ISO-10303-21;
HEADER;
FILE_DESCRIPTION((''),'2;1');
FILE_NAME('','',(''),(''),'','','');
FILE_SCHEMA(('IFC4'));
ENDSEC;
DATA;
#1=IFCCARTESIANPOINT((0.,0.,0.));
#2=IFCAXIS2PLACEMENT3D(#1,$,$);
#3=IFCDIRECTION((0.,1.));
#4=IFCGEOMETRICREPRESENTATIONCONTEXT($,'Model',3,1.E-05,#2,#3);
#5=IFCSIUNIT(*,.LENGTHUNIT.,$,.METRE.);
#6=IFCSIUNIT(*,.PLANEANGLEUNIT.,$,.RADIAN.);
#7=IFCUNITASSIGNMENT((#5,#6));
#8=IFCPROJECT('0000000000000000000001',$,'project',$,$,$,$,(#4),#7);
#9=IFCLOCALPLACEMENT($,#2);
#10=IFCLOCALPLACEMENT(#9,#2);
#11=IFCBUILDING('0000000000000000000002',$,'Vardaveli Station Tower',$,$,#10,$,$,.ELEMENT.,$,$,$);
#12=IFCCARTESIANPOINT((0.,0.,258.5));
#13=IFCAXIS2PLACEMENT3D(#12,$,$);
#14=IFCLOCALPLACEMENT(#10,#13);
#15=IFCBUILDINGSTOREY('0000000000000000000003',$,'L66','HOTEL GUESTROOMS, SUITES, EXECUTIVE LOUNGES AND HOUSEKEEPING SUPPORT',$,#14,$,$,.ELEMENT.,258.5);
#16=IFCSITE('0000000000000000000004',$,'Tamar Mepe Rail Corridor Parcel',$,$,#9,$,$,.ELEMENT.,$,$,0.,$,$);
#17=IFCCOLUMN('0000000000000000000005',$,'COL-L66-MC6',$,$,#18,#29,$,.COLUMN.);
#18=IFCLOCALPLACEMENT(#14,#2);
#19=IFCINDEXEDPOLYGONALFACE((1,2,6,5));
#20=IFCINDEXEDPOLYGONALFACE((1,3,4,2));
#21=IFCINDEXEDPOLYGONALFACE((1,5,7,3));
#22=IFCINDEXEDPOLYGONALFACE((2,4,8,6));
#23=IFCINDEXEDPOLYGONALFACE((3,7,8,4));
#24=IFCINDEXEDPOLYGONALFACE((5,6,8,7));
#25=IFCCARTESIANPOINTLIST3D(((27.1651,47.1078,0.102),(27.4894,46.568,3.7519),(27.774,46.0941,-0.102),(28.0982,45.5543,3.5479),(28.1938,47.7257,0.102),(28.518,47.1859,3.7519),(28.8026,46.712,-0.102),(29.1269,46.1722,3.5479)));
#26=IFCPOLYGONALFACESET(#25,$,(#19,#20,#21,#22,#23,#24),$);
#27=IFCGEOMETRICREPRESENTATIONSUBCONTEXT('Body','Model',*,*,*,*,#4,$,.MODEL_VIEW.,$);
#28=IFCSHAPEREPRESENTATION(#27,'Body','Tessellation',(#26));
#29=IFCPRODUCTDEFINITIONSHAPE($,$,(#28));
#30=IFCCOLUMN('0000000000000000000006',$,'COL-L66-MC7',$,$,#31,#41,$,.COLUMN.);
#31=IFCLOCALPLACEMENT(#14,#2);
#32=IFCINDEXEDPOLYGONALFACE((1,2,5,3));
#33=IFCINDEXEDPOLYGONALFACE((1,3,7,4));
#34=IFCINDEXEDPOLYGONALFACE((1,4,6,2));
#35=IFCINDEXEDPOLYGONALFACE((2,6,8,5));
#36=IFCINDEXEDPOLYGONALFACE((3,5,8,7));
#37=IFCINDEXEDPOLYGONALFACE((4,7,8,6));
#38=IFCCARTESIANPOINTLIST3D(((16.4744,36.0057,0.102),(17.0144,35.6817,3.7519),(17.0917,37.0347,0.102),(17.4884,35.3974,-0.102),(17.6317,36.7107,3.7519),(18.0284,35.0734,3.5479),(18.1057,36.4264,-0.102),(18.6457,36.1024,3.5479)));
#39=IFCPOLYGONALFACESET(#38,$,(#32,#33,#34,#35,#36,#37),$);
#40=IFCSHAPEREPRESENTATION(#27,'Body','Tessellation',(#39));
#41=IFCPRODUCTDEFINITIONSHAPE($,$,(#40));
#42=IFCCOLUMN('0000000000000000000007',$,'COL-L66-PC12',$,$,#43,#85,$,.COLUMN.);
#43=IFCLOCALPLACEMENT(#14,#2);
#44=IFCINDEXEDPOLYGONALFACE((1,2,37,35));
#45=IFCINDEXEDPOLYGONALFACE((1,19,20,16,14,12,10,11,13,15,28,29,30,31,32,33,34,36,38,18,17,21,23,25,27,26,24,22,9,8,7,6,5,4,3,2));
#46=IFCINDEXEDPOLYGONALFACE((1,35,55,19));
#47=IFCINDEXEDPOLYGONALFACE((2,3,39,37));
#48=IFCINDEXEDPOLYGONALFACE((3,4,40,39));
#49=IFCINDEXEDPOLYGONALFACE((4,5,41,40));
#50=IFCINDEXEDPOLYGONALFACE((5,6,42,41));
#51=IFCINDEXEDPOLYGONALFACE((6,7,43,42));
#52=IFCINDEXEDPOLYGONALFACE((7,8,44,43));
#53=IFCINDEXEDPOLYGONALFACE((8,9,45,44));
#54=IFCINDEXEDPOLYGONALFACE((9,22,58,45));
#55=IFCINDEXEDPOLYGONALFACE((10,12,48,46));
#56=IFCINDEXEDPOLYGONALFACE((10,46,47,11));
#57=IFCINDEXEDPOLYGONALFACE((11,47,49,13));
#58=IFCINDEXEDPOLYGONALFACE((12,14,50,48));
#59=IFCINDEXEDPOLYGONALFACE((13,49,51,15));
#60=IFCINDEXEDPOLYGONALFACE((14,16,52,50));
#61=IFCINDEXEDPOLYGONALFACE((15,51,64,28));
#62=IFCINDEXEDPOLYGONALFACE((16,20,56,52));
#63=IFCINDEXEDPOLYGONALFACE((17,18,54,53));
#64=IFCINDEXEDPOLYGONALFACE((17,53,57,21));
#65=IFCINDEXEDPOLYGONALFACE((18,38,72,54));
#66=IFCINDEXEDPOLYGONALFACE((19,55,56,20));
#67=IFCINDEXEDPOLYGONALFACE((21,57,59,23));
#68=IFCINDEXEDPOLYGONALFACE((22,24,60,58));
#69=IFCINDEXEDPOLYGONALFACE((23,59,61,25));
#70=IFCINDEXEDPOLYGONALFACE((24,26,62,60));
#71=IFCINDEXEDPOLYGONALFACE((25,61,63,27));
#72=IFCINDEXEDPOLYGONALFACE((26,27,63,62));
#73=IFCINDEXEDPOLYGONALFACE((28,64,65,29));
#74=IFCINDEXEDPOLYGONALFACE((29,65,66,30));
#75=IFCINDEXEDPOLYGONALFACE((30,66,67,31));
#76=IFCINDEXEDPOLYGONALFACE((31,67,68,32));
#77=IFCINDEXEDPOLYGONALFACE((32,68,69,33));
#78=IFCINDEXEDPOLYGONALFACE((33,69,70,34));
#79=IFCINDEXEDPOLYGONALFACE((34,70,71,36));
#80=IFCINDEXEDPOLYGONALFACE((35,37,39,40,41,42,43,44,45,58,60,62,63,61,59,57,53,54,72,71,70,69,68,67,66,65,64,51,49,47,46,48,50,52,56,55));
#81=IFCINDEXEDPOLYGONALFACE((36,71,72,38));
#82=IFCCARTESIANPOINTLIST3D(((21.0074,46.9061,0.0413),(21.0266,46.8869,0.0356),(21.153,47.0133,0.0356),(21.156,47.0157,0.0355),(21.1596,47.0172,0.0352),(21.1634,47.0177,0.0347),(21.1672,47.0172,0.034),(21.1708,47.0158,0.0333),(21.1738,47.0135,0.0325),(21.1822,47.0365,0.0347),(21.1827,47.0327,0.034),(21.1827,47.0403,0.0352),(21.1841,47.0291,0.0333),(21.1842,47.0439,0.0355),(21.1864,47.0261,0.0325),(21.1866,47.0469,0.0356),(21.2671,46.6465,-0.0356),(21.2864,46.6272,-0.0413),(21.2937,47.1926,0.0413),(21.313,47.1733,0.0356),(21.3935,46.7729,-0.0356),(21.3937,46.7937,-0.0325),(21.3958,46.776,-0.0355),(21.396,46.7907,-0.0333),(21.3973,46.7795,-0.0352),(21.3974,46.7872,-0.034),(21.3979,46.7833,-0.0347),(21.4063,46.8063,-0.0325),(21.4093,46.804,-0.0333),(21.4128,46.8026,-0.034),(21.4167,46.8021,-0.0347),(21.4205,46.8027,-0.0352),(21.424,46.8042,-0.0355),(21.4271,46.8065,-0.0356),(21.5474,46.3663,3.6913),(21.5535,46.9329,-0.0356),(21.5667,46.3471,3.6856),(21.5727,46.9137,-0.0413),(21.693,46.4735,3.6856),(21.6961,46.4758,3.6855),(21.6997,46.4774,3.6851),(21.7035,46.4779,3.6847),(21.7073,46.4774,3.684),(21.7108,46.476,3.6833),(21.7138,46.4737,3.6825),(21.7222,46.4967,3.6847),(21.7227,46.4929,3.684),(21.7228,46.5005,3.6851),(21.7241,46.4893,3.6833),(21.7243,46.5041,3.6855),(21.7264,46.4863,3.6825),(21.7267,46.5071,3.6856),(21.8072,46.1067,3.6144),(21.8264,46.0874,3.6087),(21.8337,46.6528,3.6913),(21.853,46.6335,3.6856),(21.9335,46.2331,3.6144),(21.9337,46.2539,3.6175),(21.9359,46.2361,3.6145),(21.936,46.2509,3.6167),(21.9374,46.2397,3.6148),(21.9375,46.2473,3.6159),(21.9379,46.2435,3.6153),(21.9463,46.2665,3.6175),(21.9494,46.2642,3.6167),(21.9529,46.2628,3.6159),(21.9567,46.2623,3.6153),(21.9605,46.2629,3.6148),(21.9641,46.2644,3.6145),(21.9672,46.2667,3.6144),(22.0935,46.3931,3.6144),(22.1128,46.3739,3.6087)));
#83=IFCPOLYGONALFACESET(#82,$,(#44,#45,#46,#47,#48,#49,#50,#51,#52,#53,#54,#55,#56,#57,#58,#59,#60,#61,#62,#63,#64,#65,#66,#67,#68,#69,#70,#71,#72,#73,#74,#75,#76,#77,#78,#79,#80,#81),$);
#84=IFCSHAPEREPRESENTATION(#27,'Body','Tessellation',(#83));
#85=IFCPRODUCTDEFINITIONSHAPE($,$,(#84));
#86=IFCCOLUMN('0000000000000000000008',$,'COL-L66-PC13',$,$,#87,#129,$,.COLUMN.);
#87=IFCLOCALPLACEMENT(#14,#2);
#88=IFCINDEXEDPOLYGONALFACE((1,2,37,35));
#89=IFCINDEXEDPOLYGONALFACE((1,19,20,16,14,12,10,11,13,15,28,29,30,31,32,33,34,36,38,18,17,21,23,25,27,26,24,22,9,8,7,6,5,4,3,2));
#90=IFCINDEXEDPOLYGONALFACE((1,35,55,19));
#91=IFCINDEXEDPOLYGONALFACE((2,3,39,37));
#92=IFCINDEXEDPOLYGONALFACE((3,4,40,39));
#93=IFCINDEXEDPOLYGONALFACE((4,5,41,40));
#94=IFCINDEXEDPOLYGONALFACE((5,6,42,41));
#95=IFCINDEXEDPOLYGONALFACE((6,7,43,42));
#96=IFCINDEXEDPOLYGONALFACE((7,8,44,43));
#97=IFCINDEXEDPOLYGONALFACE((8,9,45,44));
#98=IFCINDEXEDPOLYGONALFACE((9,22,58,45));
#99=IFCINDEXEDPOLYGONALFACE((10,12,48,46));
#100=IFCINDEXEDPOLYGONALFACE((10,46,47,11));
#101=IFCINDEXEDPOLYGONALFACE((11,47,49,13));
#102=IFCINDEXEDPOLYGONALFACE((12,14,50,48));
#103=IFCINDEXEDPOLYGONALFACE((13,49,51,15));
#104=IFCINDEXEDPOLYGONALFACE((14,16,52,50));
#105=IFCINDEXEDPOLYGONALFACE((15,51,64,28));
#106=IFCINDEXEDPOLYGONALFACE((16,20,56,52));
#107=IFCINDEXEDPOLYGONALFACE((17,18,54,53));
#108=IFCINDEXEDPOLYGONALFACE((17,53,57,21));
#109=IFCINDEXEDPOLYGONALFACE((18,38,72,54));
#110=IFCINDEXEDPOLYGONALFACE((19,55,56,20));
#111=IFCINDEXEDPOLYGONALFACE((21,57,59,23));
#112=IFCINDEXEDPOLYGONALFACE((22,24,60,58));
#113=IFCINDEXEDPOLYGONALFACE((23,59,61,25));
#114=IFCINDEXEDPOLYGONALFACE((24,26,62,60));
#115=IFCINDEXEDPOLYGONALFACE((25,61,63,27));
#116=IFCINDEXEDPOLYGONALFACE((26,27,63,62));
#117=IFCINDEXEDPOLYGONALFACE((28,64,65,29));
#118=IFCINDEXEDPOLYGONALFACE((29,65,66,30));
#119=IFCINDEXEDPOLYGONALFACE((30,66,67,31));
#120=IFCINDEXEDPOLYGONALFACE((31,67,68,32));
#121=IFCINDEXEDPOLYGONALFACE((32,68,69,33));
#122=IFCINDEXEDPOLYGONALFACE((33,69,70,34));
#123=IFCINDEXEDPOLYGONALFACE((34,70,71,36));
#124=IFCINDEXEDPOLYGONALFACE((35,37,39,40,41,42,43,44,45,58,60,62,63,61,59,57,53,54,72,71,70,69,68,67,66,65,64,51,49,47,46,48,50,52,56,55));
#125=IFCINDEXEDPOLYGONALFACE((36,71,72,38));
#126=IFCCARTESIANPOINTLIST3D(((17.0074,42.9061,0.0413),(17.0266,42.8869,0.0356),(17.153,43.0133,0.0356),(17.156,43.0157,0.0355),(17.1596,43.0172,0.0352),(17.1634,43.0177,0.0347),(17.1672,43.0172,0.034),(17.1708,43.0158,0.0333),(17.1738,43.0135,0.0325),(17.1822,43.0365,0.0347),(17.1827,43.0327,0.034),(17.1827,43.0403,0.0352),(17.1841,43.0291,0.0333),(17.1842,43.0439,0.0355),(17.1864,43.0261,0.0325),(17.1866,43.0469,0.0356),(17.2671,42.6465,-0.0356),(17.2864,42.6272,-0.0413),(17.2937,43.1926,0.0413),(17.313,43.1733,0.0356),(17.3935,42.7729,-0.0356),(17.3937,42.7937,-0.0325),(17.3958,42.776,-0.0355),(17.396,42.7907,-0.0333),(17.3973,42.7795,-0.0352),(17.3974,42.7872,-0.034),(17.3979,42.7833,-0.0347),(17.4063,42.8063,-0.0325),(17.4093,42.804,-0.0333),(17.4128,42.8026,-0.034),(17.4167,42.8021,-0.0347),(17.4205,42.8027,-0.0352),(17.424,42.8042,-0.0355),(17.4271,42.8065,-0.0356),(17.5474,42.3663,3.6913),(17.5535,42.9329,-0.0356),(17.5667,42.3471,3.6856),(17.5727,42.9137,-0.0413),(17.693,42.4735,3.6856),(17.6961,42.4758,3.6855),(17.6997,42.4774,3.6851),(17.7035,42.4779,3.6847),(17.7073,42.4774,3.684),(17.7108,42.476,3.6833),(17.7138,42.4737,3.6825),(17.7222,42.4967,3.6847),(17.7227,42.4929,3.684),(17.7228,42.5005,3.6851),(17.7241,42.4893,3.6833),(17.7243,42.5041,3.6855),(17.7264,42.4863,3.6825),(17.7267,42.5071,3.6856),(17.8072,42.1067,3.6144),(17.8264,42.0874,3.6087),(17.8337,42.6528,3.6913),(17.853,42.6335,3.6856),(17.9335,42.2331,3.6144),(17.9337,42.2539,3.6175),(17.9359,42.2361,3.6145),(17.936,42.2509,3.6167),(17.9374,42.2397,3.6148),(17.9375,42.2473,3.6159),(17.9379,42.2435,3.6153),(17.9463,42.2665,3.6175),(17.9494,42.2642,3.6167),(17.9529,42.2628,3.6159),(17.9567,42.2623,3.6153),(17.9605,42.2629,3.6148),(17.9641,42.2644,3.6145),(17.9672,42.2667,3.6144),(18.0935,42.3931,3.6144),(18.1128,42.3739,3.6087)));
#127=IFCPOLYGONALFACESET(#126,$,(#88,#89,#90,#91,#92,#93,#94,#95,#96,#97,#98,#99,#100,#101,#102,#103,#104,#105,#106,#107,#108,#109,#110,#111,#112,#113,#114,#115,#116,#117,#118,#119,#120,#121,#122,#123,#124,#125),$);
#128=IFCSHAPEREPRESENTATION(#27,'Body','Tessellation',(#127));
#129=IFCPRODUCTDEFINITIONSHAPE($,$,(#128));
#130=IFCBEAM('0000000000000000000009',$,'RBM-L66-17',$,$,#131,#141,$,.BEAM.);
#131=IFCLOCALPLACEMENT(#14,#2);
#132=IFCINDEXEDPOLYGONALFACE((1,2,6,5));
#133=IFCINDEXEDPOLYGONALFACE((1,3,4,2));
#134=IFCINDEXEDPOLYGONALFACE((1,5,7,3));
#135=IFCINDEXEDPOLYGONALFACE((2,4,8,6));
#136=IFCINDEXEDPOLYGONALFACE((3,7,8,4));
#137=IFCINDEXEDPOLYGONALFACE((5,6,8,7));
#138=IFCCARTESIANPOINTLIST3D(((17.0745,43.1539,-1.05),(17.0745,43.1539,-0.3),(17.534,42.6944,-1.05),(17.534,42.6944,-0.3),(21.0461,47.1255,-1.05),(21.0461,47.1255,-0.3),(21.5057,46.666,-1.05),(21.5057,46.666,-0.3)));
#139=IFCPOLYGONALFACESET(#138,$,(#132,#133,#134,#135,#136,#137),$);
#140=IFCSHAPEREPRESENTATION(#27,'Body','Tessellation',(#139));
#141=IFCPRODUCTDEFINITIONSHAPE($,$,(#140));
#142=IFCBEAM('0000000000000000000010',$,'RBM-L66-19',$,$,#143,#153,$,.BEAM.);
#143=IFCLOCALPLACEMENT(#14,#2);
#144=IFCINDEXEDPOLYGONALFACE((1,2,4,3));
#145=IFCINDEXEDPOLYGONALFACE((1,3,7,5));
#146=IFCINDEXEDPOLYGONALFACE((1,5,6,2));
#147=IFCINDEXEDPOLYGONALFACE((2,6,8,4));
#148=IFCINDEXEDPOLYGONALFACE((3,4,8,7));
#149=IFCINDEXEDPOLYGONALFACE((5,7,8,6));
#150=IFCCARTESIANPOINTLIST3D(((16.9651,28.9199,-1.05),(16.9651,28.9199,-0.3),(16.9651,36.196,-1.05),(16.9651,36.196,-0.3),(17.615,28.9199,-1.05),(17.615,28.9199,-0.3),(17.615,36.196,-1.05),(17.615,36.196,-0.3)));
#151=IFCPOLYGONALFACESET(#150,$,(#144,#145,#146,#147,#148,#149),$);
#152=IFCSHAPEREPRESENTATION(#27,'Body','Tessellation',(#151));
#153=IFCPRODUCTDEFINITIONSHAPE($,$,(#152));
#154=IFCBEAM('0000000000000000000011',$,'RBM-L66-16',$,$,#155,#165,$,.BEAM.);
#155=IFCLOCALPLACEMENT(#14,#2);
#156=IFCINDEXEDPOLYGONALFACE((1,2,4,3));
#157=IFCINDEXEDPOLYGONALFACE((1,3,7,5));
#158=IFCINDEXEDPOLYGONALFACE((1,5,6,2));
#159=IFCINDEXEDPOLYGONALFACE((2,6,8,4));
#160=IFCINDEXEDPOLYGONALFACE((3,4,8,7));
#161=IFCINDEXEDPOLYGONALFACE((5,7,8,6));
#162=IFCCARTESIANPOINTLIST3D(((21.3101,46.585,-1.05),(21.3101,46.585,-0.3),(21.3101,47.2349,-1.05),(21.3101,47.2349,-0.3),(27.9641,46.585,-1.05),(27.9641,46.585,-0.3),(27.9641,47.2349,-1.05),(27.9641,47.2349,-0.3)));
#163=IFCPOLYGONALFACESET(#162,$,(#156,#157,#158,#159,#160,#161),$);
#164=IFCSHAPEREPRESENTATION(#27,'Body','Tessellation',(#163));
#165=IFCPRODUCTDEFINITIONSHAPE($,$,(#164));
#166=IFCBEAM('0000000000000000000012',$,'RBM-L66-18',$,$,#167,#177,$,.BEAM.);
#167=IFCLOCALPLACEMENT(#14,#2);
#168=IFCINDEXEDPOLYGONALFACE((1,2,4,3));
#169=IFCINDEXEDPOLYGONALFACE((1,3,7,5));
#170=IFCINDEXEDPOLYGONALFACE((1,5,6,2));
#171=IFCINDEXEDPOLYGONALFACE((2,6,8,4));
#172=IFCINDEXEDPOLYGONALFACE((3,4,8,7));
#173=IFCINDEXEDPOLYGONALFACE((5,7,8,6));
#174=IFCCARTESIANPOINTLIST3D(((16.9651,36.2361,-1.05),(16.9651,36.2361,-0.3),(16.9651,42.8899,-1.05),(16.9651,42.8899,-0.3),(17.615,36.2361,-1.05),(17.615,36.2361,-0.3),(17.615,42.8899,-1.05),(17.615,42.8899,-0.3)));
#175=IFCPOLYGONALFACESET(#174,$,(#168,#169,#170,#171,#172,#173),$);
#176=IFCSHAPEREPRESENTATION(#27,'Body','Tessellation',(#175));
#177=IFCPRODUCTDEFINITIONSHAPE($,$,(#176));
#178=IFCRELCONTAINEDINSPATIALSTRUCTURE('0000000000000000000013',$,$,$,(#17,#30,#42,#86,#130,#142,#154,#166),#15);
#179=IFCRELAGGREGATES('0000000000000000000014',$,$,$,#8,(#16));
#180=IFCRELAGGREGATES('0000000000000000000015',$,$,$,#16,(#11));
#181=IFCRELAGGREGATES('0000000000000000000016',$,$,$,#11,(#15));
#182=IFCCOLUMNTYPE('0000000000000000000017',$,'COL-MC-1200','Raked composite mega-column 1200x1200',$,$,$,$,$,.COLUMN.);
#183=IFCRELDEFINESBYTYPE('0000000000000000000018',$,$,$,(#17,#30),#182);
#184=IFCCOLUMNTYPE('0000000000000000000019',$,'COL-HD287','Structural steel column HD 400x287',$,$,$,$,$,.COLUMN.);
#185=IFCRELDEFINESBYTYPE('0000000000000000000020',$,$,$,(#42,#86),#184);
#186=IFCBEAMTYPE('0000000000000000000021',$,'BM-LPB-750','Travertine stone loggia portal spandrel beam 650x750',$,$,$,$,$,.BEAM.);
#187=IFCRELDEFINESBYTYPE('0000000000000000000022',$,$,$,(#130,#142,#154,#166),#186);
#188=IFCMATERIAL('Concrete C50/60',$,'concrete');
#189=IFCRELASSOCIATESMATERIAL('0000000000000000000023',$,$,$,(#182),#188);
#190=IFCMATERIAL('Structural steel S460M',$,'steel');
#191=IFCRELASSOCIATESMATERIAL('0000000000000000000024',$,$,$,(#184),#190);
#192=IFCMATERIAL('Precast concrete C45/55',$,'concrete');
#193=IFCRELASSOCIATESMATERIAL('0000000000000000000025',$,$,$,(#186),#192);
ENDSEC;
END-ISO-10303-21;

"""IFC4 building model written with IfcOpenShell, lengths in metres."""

from ifc_helpers import new_model, si_unit, direction, frame, origin, origin_2d, place, context, subcontext, project, spatial, rectangle, i_section, extrude, source, transform, mapped, material, material_profile, profile_set, type_object, element, save


model = new_model("IFC4")

# Units and contexts
model_context = context("Model", 3, precision=1e-05, world=origin(), true_north=direction((0.0, 1.0)))
body_context = subcontext(model_context, "Body", "Model", "MODEL_VIEW")
ifc_project = project(units=[si_unit("LENGTHUNIT", "METRE"), si_unit("PLANEANGLEUNIT", "RADIAN")], contexts=[model_context])

# Site, building, storey
site_placement = place(None, origin())
site = spatial("IfcSite", under=ifc_project, at=site_placement, Name="Tamar Mepe Rail Corridor Parcel", CompositionType="ELEMENT", RefElevation=0.0)
building_placement = place(site_placement, origin())
building = spatial("IfcBuilding", under=site, at=building_placement, Name="Vardaveli Station Tower", CompositionType="ELEMENT")
storey_placement = place(building_placement, frame((0.0, 0.0, 258.5)))
storey = spatial("IfcBuildingStorey", under=building, at=storey_placement, Name="L66", Description="HOTEL GUESTROOMS, SUITES, EXECUTIVE LOUNGES AND HOUSEKEEPING SUPPORT", CompositionType="ELEMENT", Elevation=258.5)

# Columns
ifc_material_1 = material(Name="Concrete C50/60", Category="concrete")
ifc_material_profile_1 = material_profile(ifc_material_1, rectangle(XDim=1.2, YDim=1.2, at=origin_2d()), Name="MC 1200x1200")
ifc_profile_set_1 = profile_set([ifc_material_profile_1], Name="Concrete C50/60")
column_type_1 = type_object("IfcColumnType", Name="COL-MC-1200", Description="Raked composite mega-column 1200x1200", PredefinedType="COLUMN", material=ifc_profile_set_1)
shared_shape_1 = source(origin(), body_context, "Body", "SweptSolid", [
    extrude(rectangle(XDim=1.2, YDim=1.2, at=origin_2d()), origin(), (0.0, 0.0, 1.0), 3.7039),
])
for number, where, z_axis, x_axis, name in (
    (1, (27.9839, 46.9099, 0.0), (0.087536, -0.14574, 0.985443), (0.857253, 0.514895, 0.0), "COL-L66-MC6"),
    (2, (17.29, 36.2161, 0.0), (0.145805, -0.08747, 0.985439), (0.514439, 0.857527, 0.0), "COL-L66-MC7"),
):
    element("IfcColumn", number, at=place(storey_placement, frame(where, z_axis=z_axis, x_axis=x_axis)), inside=storey, type_object=column_type_1, Name=name, PredefinedType="COLUMN", context=body_context, shape_type="MappedRepresentation", body=[
        mapped(shared_shape_1, transform((0.0, 0.0, 0.0), scale=1.0)),
    ])
ifc_material_2 = material(Name="Structural steel S460M", Category="steel")
ifc_material_profile_2 = material_profile(ifc_material_2, i_section(OverallWidth=0.405, OverallDepth=0.4031, WebThickness=0.0178, FlangeThickness=0.0278, FilletRadius=0.0149, at=origin_2d()), Name="HD 400x287")
ifc_profile_set_2 = profile_set([ifc_material_profile_2], Name="Structural steel S460M")
column_type_2 = type_object("IfcColumnType", Name="COL-HD287", Description="Structural steel column HD 400x287", PredefinedType="COLUMN", material=ifc_profile_set_2)
shared_shape_2 = source(origin(), body_context, "Body", "SweptSolid", [
    extrude(i_section(OverallWidth=0.405, OverallDepth=0.4031, WebThickness=0.0178, FlangeThickness=0.0278, FilletRadius=0.0149, at=origin_2d()), origin(), (0.0, 0.0, 1.0), 3.729),
])
for number, where, z_axis, x_axis, name in (
    (3, (21.29, 46.9099, 0.0), (0.144825, -0.144759, 0.978811), (0.706947, 0.707267, 0.0), "COL-L66-PC12"),
    (4, (17.29, 42.9099, 0.0), (0.144825, -0.144759, 0.978811), (0.706947, 0.707267, 0.0), "COL-L66-PC13"),
):
    element("IfcColumn", number, at=place(storey_placement, frame(where, z_axis=z_axis, x_axis=x_axis)), inside=storey, type_object=column_type_2, Name=name, PredefinedType="COLUMN", context=body_context, shape_type="MappedRepresentation", body=[
        mapped(shared_shape_2, transform((0.0, 0.0, 0.0), scale=1.0)),
    ])

# Beams
ifc_material_3 = material(Name="Precast concrete C45/55", Category="concrete")
ifc_material_profile_3 = material_profile(ifc_material_3, rectangle(XDim=0.6499, YDim=0.75, at=origin_2d()), Name="LPB 650x750")
ifc_profile_set_3 = profile_set([ifc_material_profile_3], Name="Precast concrete C45/55")
beam_type_1 = type_object("IfcBeamType", Name="BM-LPB-750", Description="Travertine stone loggia portal spandrel beam 650x750", PredefinedType="BEAM", material=ifc_profile_set_3)
shared_shape_3 = source(origin(), body_context, "Body", "SweptSolid", [
    extrude(rectangle(XDim=0.6499, YDim=0.75, at=origin_2d()), origin(), (0.0, 0.0, 1.0), 5.6167),
])
beam_1_placement = place(storey_placement, frame((21.2759, 46.8958, -0.675), z_axis=(-0.707107, -0.707107, 0.0), x_axis=(0.707107, -0.707107, 0.0)))
element("IfcBeam", 5, at=beam_1_placement, inside=storey, type_object=beam_type_1, Name="RBM-L66-17", PredefinedType="BEAM", context=body_context, shape_type="MappedRepresentation", body=[
    mapped(shared_shape_3, transform((0.0, 0.0, 0.0), scale=1.0)),
])
shared_shape_4 = source(origin(), body_context, "Body", "SweptSolid", [
    extrude(rectangle(XDim=0.6499, YDim=0.75, at=origin_2d()), origin(), (0.0, 0.0, 1.0), 7.2761),
])
beam_2_placement = place(storey_placement, frame((17.29, 36.196, -0.675), z_axis=(0.0, -1.0, 0.0), x_axis=(1.0, 0.0, 0.0)))
element("IfcBeam", 6, at=beam_2_placement, inside=storey, type_object=beam_type_1, Name="RBM-L66-19", PredefinedType="BEAM", context=body_context, shape_type="MappedRepresentation", body=[
    mapped(shared_shape_4, transform((0.0, 0.0, 0.0), scale=1.0)),
])
shared_shape_5 = source(origin(), body_context, "Body", "SweptSolid", [
    extrude(rectangle(XDim=0.6499, YDim=0.75, at=origin_2d()), origin(), (0.0, 0.0, 1.0), 6.6541),
])
beam_3_placement = place(storey_placement, frame((27.9641, 46.9099, -0.675), z_axis=(-1.0, 0.0, 0.0), x_axis=(0.0, -1.0, 0.0)))
element("IfcBeam", 7, at=beam_3_placement, inside=storey, type_object=beam_type_1, Name="RBM-L66-16", PredefinedType="BEAM", context=body_context, shape_type="MappedRepresentation", body=[
    mapped(shared_shape_5, transform((0.0, 0.0, 0.0), scale=1.0)),
])
shared_shape_6 = source(origin(), body_context, "Body", "SweptSolid", [
    extrude(rectangle(XDim=0.6499, YDim=0.75, at=origin_2d()), origin(), (0.0, 0.0, 1.0), 6.6538),
])
beam_4_placement = place(storey_placement, frame((17.29, 42.8899, -0.675), z_axis=(0.0, -1.0, 0.0), x_axis=(1.0, 0.0, 0.0)))
element("IfcBeam", 8, at=beam_4_placement, inside=storey, type_object=beam_type_1, Name="RBM-L66-18", PredefinedType="BEAM", context=body_context, shape_type="MappedRepresentation", body=[
    mapped(shared_shape_6, transform((0.0, 0.0, 0.0), scale=1.0)),
])

save(model, "model.ifc")
